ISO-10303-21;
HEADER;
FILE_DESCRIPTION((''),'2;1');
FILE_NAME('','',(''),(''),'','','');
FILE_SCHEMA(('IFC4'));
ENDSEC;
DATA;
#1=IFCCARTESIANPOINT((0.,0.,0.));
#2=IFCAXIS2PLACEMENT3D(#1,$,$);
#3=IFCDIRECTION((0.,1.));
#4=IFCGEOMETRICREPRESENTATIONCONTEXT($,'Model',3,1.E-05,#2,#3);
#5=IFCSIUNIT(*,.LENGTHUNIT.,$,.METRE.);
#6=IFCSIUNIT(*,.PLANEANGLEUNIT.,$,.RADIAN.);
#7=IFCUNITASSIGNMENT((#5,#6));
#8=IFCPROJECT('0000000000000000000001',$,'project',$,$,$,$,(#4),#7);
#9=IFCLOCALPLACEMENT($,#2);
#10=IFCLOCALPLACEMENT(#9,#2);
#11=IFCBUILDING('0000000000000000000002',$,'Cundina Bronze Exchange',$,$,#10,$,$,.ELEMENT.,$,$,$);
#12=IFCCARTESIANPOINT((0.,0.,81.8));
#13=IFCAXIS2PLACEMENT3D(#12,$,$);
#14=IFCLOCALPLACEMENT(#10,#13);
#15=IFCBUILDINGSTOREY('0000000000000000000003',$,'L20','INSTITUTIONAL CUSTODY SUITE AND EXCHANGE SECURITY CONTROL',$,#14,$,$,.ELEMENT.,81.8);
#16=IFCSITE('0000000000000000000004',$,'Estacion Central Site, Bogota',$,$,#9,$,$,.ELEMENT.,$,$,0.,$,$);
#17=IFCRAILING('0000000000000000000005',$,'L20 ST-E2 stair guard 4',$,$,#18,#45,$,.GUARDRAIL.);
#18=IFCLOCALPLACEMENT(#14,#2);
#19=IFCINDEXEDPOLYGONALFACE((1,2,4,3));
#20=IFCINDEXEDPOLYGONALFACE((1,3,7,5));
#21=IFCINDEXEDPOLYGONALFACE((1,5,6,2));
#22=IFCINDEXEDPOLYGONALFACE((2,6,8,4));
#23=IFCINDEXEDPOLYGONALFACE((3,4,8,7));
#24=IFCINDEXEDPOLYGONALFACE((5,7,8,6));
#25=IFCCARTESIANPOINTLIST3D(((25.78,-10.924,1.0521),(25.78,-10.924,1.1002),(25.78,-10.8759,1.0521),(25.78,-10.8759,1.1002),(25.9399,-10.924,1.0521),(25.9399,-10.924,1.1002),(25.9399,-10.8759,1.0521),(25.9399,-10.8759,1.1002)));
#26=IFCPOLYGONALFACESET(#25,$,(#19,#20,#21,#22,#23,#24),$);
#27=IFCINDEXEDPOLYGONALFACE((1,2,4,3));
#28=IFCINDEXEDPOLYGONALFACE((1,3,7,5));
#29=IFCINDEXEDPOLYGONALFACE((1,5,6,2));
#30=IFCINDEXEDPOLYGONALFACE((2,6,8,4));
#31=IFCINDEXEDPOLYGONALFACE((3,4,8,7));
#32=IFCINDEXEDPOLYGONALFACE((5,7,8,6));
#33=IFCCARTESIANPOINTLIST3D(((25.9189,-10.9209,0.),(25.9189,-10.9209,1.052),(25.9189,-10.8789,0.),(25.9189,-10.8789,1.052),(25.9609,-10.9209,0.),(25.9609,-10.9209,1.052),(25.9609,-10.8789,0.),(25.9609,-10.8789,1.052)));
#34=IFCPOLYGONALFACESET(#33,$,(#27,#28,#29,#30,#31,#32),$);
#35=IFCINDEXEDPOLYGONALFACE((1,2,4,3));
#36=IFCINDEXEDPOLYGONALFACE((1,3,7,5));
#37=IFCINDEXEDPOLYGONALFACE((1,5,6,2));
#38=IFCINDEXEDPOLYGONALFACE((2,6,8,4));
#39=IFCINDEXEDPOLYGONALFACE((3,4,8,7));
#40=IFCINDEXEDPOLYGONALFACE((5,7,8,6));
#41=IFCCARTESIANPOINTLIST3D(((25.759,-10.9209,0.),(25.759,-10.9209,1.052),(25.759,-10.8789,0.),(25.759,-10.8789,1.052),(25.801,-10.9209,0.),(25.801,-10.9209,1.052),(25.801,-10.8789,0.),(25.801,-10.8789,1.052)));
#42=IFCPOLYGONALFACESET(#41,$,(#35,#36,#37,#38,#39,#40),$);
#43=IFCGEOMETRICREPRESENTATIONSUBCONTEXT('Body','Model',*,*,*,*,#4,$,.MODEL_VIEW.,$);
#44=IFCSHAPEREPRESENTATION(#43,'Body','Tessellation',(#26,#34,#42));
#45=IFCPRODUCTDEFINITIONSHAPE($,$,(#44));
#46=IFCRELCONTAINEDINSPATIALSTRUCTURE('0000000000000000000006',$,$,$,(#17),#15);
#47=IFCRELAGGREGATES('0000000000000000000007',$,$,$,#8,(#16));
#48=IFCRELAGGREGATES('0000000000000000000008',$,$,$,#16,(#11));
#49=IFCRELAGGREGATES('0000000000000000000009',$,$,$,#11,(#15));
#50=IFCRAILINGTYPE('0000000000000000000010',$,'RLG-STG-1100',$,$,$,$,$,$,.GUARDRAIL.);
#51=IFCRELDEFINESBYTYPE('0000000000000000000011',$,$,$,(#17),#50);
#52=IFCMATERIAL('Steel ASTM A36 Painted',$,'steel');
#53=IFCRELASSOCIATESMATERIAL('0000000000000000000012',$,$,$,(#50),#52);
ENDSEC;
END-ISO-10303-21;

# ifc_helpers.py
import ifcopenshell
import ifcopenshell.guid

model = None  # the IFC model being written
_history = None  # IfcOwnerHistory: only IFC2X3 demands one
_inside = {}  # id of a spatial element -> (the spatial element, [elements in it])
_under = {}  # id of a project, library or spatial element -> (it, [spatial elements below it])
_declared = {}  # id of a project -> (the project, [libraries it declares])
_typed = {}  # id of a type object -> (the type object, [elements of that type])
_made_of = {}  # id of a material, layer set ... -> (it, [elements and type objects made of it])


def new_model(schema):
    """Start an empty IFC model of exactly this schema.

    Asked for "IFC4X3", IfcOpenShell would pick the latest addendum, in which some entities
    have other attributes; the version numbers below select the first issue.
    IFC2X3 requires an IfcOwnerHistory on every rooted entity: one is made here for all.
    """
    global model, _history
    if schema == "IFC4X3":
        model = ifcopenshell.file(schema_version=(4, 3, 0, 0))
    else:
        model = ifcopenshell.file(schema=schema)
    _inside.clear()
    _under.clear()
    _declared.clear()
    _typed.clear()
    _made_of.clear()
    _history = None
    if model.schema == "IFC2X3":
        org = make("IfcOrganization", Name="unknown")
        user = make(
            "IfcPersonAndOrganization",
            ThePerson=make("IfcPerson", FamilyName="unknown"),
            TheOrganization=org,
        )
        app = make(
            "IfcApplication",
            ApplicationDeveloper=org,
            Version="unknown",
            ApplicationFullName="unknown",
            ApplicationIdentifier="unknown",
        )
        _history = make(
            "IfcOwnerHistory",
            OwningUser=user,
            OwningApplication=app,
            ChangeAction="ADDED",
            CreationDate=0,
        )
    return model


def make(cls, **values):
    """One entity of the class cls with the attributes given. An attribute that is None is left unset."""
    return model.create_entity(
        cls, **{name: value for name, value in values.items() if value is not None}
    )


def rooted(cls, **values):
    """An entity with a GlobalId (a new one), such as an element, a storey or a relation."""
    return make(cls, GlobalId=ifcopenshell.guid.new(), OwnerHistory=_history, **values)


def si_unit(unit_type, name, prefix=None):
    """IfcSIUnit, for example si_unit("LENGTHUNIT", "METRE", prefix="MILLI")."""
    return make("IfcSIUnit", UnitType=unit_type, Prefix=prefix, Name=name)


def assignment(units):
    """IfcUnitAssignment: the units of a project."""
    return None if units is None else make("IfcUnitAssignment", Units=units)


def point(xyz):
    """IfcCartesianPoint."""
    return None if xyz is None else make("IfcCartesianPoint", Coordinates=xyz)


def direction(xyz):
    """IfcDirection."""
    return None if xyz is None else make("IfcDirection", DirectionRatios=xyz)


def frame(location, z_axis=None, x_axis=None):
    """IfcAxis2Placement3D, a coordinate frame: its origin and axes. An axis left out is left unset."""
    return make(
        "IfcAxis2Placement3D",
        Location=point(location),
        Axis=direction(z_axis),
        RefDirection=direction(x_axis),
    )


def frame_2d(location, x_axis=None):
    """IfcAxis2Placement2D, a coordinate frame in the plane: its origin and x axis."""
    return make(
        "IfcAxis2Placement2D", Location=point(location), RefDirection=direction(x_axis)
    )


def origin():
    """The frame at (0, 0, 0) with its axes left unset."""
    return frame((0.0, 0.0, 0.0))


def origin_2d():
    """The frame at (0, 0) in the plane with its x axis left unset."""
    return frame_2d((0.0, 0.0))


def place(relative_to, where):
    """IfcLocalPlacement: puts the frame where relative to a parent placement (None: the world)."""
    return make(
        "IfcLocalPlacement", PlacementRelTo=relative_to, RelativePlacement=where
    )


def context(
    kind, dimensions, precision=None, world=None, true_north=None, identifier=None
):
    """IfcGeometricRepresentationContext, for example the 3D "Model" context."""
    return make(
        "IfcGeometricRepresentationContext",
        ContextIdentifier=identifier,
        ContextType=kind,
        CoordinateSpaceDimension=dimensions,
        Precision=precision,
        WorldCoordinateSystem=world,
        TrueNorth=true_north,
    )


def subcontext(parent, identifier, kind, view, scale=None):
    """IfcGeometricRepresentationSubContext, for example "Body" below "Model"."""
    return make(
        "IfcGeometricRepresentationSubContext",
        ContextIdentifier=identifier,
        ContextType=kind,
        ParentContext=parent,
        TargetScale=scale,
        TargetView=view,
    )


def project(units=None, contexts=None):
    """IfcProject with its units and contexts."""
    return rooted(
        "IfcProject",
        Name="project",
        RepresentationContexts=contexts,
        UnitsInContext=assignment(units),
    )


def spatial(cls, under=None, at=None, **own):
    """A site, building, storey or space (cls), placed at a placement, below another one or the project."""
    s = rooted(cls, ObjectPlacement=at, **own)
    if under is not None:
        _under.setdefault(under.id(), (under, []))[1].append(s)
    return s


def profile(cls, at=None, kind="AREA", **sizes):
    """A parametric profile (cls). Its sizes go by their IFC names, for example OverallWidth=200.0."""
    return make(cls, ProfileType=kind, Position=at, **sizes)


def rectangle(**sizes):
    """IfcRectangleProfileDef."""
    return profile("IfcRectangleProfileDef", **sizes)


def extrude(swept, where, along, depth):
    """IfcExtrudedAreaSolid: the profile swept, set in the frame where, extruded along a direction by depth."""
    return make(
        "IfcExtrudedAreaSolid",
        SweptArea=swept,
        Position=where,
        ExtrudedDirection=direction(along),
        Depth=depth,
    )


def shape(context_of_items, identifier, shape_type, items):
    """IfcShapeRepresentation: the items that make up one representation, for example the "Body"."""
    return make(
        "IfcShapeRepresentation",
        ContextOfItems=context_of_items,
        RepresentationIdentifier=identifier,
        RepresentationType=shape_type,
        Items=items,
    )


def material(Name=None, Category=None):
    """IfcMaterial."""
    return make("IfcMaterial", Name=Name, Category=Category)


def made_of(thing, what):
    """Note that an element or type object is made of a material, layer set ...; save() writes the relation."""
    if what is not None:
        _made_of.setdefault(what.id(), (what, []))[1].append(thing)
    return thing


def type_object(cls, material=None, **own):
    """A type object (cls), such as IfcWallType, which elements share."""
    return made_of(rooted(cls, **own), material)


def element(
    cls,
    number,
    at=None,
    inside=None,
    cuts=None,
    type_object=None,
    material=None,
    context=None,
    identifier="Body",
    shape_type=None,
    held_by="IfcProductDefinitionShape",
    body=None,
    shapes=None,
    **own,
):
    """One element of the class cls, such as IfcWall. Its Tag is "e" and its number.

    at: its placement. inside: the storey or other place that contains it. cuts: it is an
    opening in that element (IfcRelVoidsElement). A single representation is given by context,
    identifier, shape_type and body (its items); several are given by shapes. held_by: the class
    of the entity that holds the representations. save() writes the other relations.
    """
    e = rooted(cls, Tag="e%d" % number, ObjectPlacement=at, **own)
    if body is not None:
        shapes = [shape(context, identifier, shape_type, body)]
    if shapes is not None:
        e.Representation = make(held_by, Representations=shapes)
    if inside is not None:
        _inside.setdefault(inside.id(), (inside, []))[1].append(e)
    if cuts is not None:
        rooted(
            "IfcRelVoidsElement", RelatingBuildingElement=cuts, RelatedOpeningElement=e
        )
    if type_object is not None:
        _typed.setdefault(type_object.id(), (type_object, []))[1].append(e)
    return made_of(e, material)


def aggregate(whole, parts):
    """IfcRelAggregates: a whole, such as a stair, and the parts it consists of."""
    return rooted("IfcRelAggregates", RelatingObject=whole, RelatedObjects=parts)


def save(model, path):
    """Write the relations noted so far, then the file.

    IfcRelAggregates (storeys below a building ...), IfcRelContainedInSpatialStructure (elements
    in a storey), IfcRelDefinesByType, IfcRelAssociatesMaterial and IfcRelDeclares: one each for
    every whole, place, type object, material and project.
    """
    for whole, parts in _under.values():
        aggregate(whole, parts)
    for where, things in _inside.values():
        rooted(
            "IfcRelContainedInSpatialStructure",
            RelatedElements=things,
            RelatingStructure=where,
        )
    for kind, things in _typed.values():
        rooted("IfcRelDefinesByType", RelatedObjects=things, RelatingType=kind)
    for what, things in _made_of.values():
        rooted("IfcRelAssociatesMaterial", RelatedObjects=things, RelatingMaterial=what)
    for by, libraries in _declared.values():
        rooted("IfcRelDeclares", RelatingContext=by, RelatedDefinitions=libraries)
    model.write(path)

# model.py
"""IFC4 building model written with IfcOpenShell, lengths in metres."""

from ifc_helpers import new_model, si_unit, direction, frame, origin, origin_2d, place, context, subcontext, project, spatial, rectangle, extrude, material, type_object, element, save


model = new_model("IFC4")

# Units and contexts
model_context = context("Model", 3, precision=1e-05, world=origin(), true_north=direction((0.0, 1.0)))
body_context = subcontext(model_context, "Body", "Model", "MODEL_VIEW")
ifc_project = project(units=[si_unit("LENGTHUNIT", "METRE"), si_unit("PLANEANGLEUNIT", "RADIAN")], contexts=[model_context])

# Site, building, storey
site_placement = place(None, origin())
site = spatial("IfcSite", under=ifc_project, at=site_placement, Name="Estacion Central Site, Bogota", CompositionType="ELEMENT", RefElevation=0.0)
building_placement = place(site_placement, origin())
building = spatial("IfcBuilding", under=site, at=building_placement, Name="Cundina Bronze Exchange", CompositionType="ELEMENT")
storey_placement = place(building_placement, frame((0.0, 0.0, 81.8)))
storey = spatial("IfcBuildingStorey", under=building, at=storey_placement, Name="L20", Description="INSTITUTIONAL CUSTODY SUITE AND EXCHANGE SECURITY CONTROL", CompositionType="ELEMENT", Elevation=81.8)

# Shared definitions
ifc_material_1 = material(Name="Steel ASTM A36 Painted", Category="steel")

# Railing
railing_type_1 = type_object("IfcRailingType", Name="RLG-STG-1100", PredefinedType="GUARDRAIL", material=ifc_material_1)
railing_1_placement = place(storey_placement, frame((25.9399, -10.8999, 0.0)))
element("IfcRailing", 1, at=railing_1_placement, inside=storey, type_object=railing_type_1, Name="L20 ST-E2 stair guard 4", PredefinedType="GUARDRAIL", context=body_context, shape_type="SweptSolid", body=[
    extrude(rectangle(XDim=0.0481, YDim=0.0481, at=origin_2d()), frame((0.0, 0.0, 1.0762), z_axis=(-1.0, 0.0, 0.0), x_axis=(0.0, -1.0, 0.0)), (0.0, 0.0, 1.0), 0.1599),
    extrude(rectangle(XDim=0.042, YDim=0.042, at=origin_2d()), origin(), (0.0, 0.0, 1.0), 1.052),
    extrude(rectangle(XDim=0.042, YDim=0.042, at=origin_2d()), frame((-0.1599, 0.0, 0.0)), (0.0, 0.0, 1.0), 1.052),
])

save(model, "model.ifc")
